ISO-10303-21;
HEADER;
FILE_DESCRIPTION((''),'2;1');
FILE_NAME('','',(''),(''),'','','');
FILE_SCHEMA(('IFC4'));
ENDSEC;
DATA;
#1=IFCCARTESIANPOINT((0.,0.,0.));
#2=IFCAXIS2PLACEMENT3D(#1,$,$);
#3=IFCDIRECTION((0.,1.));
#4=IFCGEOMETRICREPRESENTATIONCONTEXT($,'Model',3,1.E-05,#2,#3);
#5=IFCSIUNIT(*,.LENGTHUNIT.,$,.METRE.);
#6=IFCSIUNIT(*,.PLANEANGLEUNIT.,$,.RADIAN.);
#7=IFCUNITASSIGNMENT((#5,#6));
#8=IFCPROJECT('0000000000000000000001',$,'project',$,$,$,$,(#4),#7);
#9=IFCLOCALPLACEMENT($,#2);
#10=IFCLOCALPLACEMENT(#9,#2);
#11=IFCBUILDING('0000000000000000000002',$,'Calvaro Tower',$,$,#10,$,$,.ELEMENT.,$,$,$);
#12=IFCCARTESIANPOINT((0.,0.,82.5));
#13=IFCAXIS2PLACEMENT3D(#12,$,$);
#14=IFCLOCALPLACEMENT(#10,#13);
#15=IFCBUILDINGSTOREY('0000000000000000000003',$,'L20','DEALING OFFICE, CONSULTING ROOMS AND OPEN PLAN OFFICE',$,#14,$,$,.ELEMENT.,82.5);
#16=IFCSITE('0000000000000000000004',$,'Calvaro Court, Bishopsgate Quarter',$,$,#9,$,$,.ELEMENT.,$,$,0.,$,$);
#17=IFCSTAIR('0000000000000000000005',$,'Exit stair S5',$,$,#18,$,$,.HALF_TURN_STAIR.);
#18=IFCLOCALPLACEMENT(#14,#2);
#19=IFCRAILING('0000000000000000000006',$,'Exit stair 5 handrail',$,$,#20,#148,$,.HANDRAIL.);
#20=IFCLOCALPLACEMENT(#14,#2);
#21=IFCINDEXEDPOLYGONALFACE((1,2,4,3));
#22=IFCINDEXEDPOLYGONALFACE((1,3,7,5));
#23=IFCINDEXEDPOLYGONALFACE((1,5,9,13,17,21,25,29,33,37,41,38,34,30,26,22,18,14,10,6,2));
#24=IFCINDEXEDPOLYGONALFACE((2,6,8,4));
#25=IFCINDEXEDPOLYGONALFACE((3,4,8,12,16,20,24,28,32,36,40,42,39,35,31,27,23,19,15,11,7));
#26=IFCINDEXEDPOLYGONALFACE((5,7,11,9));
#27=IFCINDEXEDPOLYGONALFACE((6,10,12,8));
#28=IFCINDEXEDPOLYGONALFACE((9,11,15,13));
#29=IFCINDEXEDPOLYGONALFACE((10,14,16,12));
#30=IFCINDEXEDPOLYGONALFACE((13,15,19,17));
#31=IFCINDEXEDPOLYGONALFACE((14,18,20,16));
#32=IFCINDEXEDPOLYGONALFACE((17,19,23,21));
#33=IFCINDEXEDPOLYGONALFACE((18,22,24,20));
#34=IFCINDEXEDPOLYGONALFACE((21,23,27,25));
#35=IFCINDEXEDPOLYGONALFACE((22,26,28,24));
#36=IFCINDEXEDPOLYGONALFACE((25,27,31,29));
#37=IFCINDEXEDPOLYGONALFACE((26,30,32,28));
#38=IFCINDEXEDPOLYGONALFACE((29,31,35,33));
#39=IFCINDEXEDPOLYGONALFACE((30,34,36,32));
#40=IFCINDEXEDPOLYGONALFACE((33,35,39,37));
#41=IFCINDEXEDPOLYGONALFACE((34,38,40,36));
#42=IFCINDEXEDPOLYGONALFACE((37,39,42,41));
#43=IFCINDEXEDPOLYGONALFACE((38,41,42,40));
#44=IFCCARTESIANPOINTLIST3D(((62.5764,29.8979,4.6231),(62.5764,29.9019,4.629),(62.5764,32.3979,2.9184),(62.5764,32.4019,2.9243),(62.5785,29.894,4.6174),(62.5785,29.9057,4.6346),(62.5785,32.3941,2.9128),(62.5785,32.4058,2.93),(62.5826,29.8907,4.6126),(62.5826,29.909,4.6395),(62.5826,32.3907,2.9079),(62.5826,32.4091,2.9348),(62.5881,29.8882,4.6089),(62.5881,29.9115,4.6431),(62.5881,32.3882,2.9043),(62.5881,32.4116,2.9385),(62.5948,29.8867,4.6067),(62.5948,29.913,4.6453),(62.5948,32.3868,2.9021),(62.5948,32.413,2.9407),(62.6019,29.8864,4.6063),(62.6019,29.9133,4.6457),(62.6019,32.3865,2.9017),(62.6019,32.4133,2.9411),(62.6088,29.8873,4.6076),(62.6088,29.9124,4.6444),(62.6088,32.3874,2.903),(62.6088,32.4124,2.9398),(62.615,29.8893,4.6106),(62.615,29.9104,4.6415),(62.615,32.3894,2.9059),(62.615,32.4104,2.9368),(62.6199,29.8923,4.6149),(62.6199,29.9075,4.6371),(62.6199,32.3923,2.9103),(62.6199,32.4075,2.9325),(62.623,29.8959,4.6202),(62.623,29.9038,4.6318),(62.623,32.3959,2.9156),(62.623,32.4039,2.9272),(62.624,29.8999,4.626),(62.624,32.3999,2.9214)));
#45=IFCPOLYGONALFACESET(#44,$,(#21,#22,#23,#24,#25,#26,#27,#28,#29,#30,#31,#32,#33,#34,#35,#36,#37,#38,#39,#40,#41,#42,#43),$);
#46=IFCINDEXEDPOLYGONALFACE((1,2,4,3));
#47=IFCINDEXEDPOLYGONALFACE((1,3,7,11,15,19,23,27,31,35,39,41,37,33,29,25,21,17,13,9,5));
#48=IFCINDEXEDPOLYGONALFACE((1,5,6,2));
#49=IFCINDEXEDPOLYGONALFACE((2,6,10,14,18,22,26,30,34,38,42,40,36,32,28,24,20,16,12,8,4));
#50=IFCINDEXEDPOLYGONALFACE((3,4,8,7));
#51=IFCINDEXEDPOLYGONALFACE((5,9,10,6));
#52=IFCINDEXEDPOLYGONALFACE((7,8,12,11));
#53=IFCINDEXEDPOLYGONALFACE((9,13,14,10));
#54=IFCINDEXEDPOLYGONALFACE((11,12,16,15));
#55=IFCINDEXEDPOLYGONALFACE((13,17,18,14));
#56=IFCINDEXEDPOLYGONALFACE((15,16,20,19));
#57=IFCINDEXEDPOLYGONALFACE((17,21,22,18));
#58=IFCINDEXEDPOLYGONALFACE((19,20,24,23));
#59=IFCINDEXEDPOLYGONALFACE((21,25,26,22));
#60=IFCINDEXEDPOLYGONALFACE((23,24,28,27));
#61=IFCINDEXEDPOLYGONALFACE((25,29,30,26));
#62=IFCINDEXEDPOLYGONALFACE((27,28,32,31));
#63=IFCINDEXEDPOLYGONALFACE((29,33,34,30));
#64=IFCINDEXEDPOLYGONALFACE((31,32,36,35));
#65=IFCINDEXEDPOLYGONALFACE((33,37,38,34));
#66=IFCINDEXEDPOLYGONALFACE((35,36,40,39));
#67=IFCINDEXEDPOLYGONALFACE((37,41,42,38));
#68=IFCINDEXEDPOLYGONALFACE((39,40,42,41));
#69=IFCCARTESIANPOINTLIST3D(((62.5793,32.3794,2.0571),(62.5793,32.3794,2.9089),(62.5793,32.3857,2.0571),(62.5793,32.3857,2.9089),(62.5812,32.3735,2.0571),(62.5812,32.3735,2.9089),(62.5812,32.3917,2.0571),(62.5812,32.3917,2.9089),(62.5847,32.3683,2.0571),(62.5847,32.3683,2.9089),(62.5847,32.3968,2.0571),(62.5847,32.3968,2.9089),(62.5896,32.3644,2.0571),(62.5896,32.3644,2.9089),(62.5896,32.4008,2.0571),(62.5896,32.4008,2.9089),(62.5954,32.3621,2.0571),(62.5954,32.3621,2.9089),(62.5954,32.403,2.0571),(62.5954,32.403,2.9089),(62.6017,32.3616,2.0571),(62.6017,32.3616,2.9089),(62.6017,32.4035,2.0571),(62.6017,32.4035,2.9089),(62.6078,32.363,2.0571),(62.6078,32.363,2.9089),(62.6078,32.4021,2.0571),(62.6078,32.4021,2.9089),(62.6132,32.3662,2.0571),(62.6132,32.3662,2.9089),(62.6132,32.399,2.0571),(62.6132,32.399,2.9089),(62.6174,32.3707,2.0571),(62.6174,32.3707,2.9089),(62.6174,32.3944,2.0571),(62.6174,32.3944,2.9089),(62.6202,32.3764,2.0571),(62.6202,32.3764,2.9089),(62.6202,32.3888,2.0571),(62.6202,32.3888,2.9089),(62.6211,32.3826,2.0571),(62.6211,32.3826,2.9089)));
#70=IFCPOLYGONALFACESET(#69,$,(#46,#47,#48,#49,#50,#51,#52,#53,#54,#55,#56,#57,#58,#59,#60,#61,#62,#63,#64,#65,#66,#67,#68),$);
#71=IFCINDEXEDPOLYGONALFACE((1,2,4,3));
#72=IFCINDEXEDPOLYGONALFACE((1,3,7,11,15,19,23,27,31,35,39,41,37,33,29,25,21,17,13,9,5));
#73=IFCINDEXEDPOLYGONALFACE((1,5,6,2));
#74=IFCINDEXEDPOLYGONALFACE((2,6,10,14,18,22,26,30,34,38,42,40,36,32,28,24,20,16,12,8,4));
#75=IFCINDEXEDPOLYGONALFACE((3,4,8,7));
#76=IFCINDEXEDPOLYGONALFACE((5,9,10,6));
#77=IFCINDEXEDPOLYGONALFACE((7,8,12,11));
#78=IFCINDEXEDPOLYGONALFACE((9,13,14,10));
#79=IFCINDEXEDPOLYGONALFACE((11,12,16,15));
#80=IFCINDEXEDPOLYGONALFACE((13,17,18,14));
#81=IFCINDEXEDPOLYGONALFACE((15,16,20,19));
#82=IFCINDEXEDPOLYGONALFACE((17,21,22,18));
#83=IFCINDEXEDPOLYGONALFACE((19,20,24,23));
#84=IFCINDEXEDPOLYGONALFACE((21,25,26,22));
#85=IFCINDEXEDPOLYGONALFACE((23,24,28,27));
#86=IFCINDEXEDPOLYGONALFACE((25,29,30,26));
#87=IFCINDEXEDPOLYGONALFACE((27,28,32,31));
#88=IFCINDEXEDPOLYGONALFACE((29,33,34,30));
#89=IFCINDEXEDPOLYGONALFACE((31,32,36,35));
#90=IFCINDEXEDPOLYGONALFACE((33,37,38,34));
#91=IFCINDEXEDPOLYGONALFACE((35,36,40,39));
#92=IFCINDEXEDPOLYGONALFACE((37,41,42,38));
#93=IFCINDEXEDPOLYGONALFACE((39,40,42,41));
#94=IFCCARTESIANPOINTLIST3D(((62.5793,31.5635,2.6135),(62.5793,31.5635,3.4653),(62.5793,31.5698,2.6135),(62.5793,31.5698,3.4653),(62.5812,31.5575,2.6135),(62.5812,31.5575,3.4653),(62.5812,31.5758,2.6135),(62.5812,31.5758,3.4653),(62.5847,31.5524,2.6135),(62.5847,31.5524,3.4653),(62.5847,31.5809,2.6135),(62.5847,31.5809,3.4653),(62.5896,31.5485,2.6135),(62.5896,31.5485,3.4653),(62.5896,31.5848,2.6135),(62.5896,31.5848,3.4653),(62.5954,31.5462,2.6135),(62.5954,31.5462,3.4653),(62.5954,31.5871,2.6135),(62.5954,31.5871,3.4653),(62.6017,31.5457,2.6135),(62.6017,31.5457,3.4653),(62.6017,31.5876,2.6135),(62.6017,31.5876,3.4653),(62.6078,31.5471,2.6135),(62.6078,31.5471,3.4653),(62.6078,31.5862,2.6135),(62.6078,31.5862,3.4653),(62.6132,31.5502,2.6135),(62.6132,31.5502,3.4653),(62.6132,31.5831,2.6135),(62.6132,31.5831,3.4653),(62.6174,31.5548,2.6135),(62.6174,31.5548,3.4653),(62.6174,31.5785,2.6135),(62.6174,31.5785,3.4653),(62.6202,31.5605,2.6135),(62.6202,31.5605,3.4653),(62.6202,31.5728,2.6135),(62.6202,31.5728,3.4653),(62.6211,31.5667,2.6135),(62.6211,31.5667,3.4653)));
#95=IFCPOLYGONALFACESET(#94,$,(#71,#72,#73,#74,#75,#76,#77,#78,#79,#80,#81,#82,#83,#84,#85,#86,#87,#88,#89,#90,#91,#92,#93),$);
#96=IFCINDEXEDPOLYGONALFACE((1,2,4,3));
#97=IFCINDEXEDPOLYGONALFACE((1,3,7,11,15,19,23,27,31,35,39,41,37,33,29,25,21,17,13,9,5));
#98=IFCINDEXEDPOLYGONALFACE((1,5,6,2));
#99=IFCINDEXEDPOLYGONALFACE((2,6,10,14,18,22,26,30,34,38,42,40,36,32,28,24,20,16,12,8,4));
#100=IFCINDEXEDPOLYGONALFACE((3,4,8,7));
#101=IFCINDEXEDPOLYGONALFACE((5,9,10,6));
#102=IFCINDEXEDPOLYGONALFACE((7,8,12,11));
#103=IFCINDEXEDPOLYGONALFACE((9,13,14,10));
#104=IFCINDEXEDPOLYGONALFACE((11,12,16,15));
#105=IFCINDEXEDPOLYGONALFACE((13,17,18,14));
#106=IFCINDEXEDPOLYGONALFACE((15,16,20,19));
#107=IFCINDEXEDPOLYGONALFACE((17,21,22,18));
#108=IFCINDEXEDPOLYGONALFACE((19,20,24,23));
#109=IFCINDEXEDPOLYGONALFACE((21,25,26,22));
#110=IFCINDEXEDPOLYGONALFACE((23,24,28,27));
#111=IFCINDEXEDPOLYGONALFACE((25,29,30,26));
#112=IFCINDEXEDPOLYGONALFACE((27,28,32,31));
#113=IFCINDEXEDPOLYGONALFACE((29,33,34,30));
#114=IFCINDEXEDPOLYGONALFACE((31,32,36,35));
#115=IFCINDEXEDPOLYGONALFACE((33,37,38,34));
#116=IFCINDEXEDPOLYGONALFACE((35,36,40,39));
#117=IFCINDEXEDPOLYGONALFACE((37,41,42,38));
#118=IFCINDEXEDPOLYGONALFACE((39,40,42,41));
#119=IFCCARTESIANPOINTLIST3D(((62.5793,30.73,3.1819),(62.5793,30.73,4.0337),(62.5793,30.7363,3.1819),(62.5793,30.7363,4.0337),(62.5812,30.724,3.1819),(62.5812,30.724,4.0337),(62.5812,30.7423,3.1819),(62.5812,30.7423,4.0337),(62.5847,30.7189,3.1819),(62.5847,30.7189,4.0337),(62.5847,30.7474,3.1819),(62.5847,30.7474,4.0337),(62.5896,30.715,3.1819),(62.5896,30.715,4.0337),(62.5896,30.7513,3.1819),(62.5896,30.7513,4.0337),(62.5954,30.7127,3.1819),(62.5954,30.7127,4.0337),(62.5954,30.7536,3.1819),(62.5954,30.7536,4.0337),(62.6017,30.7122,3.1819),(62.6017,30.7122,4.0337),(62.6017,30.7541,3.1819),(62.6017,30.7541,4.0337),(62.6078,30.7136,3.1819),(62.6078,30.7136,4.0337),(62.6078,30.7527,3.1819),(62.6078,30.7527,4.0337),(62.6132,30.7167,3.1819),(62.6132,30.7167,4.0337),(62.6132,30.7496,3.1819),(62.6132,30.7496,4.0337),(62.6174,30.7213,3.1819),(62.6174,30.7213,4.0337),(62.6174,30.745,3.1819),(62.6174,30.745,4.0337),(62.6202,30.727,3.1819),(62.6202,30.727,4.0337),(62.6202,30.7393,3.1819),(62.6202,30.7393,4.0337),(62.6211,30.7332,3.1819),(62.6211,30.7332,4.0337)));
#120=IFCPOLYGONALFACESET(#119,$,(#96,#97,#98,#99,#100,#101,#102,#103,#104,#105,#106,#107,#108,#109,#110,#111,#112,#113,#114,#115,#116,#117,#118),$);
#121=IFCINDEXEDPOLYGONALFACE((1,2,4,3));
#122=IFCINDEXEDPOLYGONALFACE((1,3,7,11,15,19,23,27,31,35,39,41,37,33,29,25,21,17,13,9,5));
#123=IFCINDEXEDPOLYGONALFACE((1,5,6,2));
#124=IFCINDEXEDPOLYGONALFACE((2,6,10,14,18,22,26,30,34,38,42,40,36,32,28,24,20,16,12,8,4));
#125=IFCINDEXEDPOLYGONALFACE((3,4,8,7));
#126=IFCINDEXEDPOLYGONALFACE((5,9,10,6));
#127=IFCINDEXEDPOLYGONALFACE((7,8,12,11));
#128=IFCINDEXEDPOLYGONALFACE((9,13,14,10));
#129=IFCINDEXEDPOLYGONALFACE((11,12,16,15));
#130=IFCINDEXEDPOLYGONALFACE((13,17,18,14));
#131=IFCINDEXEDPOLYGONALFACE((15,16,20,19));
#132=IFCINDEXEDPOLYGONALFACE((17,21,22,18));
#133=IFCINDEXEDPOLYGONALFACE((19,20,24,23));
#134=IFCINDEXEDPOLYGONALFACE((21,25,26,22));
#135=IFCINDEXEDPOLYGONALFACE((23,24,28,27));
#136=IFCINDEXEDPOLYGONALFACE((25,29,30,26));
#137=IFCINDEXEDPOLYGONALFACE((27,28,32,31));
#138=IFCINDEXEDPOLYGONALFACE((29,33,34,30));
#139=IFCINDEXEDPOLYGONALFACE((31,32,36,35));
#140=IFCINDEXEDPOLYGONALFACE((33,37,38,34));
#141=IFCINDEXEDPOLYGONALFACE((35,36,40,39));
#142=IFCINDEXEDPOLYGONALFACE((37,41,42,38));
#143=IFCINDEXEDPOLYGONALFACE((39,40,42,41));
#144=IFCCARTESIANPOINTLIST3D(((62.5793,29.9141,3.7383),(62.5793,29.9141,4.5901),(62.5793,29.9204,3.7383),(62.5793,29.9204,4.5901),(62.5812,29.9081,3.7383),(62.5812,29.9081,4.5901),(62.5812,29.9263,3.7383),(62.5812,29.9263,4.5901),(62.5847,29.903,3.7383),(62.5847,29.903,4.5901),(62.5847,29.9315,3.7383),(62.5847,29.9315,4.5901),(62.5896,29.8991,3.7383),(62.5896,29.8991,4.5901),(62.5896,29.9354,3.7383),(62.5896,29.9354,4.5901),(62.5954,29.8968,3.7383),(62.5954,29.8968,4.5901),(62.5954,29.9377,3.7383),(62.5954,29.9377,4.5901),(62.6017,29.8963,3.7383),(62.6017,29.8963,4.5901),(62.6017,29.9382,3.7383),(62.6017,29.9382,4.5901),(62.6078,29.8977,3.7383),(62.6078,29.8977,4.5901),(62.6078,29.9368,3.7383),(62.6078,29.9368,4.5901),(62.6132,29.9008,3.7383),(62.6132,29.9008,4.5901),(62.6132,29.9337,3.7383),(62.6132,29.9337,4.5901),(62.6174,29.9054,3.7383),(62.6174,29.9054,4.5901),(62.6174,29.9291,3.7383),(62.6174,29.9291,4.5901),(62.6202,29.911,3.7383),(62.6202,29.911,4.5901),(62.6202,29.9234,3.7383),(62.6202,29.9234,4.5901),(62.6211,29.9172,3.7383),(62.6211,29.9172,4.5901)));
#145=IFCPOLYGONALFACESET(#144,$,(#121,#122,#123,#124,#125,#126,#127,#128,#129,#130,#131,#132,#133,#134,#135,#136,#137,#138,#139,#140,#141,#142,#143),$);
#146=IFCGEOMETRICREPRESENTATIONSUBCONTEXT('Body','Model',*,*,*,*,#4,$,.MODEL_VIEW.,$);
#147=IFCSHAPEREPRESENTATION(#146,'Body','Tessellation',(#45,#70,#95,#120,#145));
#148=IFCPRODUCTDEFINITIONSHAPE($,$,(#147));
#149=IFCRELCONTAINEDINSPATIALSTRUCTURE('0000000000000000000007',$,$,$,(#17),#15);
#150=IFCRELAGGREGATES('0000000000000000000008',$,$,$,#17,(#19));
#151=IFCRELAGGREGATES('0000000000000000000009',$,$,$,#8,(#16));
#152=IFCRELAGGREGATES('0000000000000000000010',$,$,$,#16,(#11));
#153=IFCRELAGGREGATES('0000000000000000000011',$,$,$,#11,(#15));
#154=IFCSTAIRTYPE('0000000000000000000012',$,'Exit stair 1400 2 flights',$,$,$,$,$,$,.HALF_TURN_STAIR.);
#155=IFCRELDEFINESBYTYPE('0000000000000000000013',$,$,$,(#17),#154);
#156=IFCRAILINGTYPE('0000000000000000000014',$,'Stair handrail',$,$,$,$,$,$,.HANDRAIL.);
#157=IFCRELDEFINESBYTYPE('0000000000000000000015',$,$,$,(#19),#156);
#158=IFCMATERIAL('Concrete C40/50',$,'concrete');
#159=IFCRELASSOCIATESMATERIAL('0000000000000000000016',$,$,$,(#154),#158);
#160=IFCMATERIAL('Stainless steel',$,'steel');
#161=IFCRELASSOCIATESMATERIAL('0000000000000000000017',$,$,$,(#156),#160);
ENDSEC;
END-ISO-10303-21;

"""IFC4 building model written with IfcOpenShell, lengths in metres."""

from ifc_helpers import new_model, si_unit, direction, frame, origin, origin_2d, place, context, subcontext, project, spatial, circle, extrude, material, type_object, element, aggregate, save


model = new_model("IFC4")

# Units and contexts
model_context = context("Model", 3, precision=1e-05, world=origin(), true_north=direction((0.0, 1.0)))
body_context = subcontext(model_context, "Body", "Model", "MODEL_VIEW")
ifc_project = project(units=[si_unit("LENGTHUNIT", "METRE"), si_unit("PLANEANGLEUNIT", "RADIAN")], contexts=[model_context])

# Site, building, storey
site_placement = place(None, origin())
site = spatial("IfcSite", under=ifc_project, at=site_placement, Name="Calvaro Court, Bishopsgate Quarter", CompositionType="ELEMENT", RefElevation=0.0)
building_placement = place(site_placement, origin())
building = spatial("IfcBuilding", under=site, at=building_placement, Name="Calvaro Tower", CompositionType="ELEMENT")
storey_placement = place(building_placement, frame((0.0, 0.0, 82.5)))
storey = spatial("IfcBuildingStorey", under=building, at=storey_placement, Name="L20", Description="DEALING OFFICE, CONSULTING ROOMS AND OPEN PLAN OFFICE", CompositionType="ELEMENT", Elevation=82.5)

# Stair
ifc_material_1 = material(Name="Concrete C40/50", Category="concrete")
stair_type = type_object("IfcStairType", Name="Exit stair 1400 2 flights", PredefinedType="HALF_TURN_STAIR", material=ifc_material_1)
stair_1_placement = place(storey_placement, origin())
stair_1 = element("IfcStair", 1, at=stair_1_placement, inside=storey, type_object=stair_type, Name="Exit stair S5", PredefinedType="HALF_TURN_STAIR")

# Shared definitions
ifc_material_2 = material(Name="Stainless steel", Category="steel")
railing_type = type_object("IfcRailingType", Name="Stair handrail", PredefinedType="HANDRAIL", material=ifc_material_2)

# Railing
railing_1_placement = place(storey_placement, frame((62.6001, 32.3999, 2.0454)))
railing_1 = element("IfcRailing", 2, at=railing_1_placement, type_object=railing_type, Name="Exit stair 5 handrail", PredefinedType="HANDRAIL", context=body_context, shape_type="SweptSolid", body=[
    extrude(circle(Radius=0.0239, at=origin_2d()), frame((0.0, 0.0, 0.876), z_axis=(0.0, -0.826221, 0.563347), x_axis=(1.0, 0.0, 0.0)), (0.0, 0.0, 1.0), 3.0259),
    extrude(circle(Radius=0.021, at=origin_2d()), frame((0.0, -0.0173, 0.0117)), (0.0, 0.0, 1.0), 0.8518),
    extrude(circle(Radius=0.021, at=origin_2d()), frame((0.0, -0.8333, 0.5681)), (0.0, 0.0, 1.0), 0.8518),
    extrude(circle(Radius=0.021, at=origin_2d()), frame((0.0, -1.6667, 1.1365)), (0.0, 0.0, 1.0), 0.8518),
    extrude(circle(Radius=0.021, at=origin_2d()), frame((0.0, -2.4827, 1.6929)), (0.0, 0.0, 1.0), 0.8518),
])
aggregate(stair_1, [railing_1])

save(model, "model.ifc")
